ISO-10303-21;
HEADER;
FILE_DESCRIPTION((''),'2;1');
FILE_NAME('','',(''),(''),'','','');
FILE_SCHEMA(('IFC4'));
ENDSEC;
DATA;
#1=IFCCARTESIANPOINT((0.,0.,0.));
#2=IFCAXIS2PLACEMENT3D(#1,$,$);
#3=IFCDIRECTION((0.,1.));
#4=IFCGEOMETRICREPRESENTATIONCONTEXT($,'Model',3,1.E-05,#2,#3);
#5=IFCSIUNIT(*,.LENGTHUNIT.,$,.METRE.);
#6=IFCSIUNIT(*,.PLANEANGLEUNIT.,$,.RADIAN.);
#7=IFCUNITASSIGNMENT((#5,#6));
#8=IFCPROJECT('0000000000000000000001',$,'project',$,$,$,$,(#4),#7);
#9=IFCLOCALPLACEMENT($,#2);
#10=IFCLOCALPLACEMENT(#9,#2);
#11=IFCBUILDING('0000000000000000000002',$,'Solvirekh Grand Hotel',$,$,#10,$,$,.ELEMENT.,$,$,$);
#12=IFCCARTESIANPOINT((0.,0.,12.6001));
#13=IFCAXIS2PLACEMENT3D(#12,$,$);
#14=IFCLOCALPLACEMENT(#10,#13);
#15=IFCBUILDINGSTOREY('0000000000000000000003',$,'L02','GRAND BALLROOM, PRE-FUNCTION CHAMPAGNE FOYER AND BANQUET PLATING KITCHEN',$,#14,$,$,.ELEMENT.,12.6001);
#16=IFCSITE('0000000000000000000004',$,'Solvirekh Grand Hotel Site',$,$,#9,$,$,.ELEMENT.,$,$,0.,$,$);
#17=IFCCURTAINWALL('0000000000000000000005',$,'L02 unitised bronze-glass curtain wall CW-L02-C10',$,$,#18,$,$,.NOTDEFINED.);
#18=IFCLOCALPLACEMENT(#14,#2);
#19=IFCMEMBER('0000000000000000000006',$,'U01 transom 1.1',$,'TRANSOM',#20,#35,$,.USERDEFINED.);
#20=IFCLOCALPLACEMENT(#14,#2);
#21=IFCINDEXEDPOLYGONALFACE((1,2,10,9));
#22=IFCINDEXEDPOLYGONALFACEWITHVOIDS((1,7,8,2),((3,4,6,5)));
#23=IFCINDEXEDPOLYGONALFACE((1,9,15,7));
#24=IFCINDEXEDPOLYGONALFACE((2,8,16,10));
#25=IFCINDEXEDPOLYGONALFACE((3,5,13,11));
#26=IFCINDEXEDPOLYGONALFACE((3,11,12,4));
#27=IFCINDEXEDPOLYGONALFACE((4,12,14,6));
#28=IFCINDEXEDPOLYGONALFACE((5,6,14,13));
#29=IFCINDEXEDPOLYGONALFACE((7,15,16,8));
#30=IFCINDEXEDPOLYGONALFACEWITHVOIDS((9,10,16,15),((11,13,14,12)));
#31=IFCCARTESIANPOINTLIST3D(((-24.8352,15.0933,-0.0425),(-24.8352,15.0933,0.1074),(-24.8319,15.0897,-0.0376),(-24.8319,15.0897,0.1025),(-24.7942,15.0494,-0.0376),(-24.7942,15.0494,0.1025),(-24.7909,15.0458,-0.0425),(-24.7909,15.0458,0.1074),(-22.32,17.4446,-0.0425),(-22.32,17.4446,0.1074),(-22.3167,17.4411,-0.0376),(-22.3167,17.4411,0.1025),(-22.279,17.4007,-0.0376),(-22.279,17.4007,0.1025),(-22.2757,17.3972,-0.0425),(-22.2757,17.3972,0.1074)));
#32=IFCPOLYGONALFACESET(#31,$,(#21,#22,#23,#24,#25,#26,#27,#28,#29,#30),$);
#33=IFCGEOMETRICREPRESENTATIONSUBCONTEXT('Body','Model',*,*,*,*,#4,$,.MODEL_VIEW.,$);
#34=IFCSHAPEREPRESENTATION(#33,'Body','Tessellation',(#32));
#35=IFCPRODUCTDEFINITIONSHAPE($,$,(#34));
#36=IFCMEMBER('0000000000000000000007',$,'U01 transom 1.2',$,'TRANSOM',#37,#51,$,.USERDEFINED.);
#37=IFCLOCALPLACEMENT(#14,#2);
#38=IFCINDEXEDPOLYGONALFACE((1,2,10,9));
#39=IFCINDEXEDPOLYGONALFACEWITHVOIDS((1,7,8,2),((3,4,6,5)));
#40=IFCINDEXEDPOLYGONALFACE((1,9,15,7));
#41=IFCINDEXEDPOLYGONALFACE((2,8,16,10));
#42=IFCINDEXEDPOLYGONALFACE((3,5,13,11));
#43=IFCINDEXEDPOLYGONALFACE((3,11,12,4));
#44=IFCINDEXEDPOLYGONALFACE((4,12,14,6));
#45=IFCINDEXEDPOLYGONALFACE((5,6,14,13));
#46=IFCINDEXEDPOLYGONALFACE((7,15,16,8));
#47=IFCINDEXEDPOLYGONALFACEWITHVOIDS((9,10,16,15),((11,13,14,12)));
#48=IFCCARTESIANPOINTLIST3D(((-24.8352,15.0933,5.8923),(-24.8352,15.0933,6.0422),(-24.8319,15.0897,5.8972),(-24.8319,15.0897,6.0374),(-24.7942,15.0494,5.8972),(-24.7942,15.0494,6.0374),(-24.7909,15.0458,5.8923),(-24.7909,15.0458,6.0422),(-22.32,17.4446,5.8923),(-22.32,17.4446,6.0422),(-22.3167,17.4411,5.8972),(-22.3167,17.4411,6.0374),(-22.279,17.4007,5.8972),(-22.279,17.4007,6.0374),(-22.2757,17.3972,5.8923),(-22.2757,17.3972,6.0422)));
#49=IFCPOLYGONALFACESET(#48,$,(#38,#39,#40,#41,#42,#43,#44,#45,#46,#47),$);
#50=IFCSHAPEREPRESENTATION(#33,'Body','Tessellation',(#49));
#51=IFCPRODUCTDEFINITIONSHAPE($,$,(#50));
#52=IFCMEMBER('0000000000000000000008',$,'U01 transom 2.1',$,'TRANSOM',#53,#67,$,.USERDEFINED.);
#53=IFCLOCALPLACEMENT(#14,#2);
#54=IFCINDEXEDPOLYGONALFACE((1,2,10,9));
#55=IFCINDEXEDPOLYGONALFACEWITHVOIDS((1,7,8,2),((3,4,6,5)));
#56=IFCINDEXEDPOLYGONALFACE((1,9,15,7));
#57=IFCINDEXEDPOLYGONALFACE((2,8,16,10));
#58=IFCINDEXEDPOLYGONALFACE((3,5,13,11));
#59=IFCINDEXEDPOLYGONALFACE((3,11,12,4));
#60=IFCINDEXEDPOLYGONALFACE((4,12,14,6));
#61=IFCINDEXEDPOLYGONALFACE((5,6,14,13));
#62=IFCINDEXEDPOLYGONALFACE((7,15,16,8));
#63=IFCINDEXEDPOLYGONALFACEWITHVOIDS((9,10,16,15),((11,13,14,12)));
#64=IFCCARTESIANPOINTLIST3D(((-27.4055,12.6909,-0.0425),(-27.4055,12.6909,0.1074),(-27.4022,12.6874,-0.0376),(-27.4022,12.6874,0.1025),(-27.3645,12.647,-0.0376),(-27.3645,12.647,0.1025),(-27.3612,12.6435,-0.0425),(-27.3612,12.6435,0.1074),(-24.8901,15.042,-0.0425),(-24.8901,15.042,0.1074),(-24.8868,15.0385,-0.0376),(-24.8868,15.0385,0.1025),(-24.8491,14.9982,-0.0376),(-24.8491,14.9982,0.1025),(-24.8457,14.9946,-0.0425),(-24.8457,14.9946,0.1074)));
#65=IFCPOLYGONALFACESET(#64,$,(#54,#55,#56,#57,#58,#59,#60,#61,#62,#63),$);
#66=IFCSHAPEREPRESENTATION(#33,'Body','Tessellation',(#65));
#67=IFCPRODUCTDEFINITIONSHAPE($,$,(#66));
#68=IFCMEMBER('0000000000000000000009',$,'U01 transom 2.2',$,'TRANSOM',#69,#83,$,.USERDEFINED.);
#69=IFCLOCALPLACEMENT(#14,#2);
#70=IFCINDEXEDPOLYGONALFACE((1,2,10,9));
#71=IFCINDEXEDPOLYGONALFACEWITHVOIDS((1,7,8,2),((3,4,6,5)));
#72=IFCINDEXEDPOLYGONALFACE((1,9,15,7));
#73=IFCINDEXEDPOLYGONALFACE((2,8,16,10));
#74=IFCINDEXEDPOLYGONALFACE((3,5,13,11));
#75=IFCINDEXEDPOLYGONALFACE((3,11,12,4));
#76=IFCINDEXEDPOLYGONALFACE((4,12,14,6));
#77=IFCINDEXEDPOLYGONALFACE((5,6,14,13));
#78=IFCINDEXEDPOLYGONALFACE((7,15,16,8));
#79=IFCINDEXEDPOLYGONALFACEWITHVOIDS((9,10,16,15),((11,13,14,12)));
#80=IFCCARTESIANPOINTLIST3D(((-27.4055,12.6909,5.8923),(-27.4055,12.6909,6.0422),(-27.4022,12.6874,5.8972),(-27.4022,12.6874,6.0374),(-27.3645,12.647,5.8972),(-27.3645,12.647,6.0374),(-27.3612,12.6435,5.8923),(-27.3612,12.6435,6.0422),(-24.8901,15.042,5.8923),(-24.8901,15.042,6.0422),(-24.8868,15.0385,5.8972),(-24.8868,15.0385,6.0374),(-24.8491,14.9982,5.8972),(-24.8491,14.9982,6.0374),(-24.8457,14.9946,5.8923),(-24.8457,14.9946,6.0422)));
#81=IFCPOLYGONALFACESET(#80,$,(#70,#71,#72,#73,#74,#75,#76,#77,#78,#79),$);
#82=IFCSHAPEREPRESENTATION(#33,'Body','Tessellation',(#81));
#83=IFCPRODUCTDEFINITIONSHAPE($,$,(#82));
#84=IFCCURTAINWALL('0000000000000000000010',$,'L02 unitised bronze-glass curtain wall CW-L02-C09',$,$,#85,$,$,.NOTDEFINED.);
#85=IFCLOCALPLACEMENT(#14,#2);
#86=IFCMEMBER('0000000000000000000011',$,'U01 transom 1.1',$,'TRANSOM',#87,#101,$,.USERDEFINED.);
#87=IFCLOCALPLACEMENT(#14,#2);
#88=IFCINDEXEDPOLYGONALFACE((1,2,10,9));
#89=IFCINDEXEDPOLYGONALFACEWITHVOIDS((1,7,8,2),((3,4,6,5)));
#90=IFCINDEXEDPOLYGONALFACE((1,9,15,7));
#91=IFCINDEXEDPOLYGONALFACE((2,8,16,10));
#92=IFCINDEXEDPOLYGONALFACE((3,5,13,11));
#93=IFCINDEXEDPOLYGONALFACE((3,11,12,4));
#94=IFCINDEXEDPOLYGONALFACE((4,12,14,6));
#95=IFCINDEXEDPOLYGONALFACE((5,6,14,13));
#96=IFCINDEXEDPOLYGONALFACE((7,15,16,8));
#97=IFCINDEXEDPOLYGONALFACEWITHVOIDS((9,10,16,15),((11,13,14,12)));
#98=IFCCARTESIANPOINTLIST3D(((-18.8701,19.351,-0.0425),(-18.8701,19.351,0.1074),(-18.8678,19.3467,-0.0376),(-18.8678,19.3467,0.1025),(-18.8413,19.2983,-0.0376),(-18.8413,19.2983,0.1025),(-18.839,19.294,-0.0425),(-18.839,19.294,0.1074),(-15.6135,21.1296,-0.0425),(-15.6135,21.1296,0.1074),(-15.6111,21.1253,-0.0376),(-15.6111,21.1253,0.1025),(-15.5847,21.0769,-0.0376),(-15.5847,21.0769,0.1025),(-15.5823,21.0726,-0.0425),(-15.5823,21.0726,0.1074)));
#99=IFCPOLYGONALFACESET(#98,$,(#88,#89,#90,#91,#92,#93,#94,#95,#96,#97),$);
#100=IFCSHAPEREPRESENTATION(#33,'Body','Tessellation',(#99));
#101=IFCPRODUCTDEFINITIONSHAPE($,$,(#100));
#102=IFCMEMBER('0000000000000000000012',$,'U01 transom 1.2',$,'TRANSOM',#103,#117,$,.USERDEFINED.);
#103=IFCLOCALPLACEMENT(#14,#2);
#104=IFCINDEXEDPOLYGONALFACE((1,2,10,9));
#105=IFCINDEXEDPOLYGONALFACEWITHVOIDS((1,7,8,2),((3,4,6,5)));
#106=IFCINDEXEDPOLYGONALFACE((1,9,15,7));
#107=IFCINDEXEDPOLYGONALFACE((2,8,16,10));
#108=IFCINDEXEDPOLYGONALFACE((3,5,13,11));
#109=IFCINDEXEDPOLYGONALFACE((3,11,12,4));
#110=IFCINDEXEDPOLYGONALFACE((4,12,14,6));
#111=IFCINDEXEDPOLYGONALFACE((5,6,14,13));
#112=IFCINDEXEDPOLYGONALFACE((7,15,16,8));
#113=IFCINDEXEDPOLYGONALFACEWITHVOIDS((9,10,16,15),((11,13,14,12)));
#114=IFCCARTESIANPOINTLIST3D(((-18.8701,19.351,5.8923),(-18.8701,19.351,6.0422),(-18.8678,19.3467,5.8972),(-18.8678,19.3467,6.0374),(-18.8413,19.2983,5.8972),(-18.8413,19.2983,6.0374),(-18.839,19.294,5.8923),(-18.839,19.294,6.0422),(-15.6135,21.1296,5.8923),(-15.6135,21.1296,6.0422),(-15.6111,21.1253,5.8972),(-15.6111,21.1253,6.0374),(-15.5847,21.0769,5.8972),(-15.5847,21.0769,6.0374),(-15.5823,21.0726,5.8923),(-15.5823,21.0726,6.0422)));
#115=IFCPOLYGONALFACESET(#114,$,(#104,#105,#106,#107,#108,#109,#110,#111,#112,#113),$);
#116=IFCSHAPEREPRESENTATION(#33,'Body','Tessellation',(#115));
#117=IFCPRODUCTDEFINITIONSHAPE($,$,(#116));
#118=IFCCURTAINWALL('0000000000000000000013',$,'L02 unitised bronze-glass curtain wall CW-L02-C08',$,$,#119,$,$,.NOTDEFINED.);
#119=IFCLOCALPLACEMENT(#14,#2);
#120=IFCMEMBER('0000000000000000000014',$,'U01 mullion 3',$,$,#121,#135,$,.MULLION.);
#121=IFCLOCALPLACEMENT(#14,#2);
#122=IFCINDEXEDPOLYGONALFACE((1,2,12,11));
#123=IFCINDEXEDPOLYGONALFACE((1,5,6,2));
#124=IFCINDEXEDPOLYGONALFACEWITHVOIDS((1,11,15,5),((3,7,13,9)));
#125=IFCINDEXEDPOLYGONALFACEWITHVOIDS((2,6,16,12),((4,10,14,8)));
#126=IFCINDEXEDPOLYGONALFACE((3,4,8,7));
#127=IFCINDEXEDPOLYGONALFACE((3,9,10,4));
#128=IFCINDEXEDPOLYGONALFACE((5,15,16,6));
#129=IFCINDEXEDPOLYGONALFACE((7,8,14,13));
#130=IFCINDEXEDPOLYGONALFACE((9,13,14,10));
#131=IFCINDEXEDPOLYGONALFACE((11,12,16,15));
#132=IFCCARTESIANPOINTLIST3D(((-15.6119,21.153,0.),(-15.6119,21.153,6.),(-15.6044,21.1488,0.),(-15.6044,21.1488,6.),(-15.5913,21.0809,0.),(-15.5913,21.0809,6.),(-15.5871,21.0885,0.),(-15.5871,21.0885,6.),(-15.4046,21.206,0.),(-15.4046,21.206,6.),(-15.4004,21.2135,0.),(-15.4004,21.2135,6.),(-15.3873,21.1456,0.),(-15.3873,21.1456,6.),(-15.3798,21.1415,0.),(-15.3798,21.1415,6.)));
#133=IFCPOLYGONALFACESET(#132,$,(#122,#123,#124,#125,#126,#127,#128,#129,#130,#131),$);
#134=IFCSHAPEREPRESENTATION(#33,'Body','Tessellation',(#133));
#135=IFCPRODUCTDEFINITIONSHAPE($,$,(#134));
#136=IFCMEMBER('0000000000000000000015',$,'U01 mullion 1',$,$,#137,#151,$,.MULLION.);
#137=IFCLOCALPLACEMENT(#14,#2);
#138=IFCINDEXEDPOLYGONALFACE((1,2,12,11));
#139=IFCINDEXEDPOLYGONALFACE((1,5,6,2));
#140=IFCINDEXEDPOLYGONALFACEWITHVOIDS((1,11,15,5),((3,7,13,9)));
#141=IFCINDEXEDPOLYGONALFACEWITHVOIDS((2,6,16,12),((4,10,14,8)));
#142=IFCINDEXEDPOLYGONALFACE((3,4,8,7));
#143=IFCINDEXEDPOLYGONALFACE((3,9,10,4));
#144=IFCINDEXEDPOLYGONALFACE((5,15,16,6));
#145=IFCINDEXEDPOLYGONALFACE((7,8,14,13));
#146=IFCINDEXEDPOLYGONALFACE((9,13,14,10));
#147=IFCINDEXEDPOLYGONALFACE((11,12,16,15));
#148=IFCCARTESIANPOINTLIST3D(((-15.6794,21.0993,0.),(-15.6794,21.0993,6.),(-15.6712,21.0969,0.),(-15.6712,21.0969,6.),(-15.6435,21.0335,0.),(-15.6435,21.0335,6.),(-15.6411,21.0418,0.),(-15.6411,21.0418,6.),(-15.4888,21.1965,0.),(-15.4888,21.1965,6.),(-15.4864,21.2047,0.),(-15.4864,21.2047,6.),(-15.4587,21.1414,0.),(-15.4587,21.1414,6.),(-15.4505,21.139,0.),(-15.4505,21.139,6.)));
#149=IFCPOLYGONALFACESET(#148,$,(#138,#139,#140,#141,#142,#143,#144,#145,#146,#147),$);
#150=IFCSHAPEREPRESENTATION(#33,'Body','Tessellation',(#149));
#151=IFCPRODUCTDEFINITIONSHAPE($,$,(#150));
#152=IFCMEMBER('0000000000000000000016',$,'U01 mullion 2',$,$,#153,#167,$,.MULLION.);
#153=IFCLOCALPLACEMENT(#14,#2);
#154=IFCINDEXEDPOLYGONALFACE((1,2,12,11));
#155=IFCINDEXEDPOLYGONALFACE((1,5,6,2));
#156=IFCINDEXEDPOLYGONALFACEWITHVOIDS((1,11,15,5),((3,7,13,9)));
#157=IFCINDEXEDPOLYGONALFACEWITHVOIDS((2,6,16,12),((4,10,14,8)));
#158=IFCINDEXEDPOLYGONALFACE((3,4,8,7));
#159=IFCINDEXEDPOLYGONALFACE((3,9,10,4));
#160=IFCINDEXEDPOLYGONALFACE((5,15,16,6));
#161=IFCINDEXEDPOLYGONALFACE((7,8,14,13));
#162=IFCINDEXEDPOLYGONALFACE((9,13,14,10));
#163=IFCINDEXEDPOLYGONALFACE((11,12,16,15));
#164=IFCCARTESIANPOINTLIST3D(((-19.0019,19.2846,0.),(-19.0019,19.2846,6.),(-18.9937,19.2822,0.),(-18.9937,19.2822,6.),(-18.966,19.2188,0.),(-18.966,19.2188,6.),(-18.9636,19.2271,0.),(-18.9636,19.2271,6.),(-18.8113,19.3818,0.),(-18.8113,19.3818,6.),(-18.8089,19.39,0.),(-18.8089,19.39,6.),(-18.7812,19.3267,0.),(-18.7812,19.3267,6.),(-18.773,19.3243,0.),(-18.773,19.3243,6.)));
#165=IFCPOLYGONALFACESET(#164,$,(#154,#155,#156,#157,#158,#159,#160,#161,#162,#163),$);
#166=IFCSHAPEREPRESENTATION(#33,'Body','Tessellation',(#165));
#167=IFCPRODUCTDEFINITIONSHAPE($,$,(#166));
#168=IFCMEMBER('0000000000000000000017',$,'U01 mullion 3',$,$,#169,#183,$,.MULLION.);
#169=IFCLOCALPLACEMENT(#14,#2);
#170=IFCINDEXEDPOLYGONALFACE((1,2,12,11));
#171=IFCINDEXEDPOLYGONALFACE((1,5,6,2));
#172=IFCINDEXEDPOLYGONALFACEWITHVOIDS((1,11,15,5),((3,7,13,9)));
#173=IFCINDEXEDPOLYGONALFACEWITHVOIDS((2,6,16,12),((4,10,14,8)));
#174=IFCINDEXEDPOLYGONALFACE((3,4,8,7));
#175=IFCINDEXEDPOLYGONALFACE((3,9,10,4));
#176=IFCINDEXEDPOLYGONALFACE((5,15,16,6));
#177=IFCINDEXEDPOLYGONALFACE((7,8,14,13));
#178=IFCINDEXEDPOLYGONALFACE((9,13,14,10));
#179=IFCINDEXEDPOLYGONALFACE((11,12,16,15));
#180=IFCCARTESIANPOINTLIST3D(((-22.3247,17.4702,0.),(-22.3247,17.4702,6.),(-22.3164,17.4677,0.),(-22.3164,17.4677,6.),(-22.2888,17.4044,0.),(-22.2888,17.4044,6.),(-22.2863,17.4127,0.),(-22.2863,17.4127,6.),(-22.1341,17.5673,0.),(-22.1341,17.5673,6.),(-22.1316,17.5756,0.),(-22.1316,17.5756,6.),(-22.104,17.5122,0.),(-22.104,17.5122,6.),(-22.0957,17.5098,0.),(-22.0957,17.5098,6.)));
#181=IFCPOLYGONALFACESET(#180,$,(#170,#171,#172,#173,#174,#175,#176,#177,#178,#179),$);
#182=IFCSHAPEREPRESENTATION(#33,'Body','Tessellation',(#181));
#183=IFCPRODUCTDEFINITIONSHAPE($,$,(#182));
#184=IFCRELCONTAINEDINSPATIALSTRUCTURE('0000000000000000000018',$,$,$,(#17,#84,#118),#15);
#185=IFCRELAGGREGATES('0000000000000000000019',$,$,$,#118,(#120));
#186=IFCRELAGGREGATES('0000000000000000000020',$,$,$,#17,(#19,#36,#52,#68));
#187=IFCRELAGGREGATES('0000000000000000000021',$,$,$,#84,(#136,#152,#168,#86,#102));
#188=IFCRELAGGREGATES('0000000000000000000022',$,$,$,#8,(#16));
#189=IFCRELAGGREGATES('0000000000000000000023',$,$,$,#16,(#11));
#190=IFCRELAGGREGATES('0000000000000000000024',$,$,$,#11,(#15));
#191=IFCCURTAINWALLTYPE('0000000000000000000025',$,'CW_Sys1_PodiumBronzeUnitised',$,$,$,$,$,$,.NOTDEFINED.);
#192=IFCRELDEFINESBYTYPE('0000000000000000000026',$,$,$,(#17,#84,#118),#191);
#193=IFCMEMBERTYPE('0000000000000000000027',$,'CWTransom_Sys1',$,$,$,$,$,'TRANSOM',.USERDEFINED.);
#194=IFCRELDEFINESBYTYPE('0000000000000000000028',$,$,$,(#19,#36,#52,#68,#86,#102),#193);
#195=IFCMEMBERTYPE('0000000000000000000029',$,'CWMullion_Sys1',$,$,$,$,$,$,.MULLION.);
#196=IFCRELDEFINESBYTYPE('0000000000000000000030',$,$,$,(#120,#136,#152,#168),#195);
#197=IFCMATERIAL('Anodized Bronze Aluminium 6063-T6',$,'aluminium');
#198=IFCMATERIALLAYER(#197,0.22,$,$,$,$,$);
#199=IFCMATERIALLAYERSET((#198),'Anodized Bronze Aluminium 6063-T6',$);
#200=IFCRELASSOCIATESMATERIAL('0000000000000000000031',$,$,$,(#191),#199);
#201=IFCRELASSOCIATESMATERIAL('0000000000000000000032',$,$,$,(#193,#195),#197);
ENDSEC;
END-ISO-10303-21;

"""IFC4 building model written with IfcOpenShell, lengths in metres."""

from ifc_helpers import new_model, si_unit, direction, frame, origin, origin_2d, place, context, subcontext, project, spatial, hollow_rectangle, extrude, source, transform, mapped, material, layer, layer_set, material_profile, profile_set, type_object, element, aggregate, save


model = new_model("IFC4")

# Units and contexts
model_context = context("Model", 3, precision=1e-05, world=origin(), true_north=direction((0.0, 1.0)))
body_context = subcontext(model_context, "Body", "Model", "MODEL_VIEW")
ifc_project = project(units=[si_unit("LENGTHUNIT", "METRE"), si_unit("PLANEANGLEUNIT", "RADIAN")], contexts=[model_context])

# Site, building, storey
site_placement = place(None, origin())
site = spatial("IfcSite", under=ifc_project, at=site_placement, Name="Solvirekh Grand Hotel Site", CompositionType="ELEMENT", RefElevation=0.0)
building_placement = place(site_placement, origin())
building = spatial("IfcBuilding", under=site, at=building_placement, Name="Solvirekh Grand Hotel", CompositionType="ELEMENT")
storey_placement = place(building_placement, frame((0.0, 0.0, 12.6001)))
storey = spatial("IfcBuildingStorey", under=building, at=storey_placement, Name="L02", Description="GRAND BALLROOM, PRE-FUNCTION CHAMPAGNE FOYER AND BANQUET PLATING KITCHEN", CompositionType="ELEMENT", Elevation=12.6001)

# Curtain walls, members
ifc_material_1 = material(Name="Anodized Bronze Aluminium 6063-T6", Category="aluminium")
ifc_layer_1 = layer(ifc_material_1, 0.22)
ifc_layer_set_1 = layer_set([ifc_layer_1], Name="Anodized Bronze Aluminium 6063-T6")
curtain_wall_type = type_object("IfcCurtainWallType", Name="CW_Sys1_PodiumBronzeUnitised", PredefinedType="NOTDEFINED", material=ifc_layer_set_1)
curtain_wall_1_placement = place(storey_placement, origin())
curtain_wall_1 = element("IfcCurtainWall", 1, at=curtain_wall_1_placement, inside=storey, type_object=curtain_wall_type, Name="L02 unitised bronze-glass curtain wall CW-L02-C10", PredefinedType="NOTDEFINED")
ifc_material_profile_1 = material_profile(ifc_material_1, hollow_rectangle(XDim=0.0649, YDim=0.1499, WallThickness=0.0049, at=origin_2d()), Name="ALU RHS 150X65X5")
ifc_profile_set_1 = profile_set([ifc_material_profile_1], Name="Anodized Bronze Aluminium 6063-T6")
member_type_1 = type_object("IfcMemberType", Name="CWTransom_Sys1", ElementType="TRANSOM", PredefinedType="USERDEFINED", material=ifc_profile_set_1)
shared_shape_1 = source(origin(), body_context, "Body", "SweptSolid", [
    extrude(hollow_rectangle(XDim=0.0649, YDim=0.1499, WallThickness=0.0049, at=origin_2d()), origin(), (0.0, 0.0, 1.0), 3.4431),
])
member_1_placement = place(storey_placement, frame((-22.2979, 17.4209, 0.0325), z_axis=(-0.730496, -0.682917, 0.0), x_axis=(0.682917, -0.730496, 0.0)))
member_1 = element("IfcMember", 2, at=member_1_placement, type_object=member_type_1, Name="U01 transom 1.1", ObjectType="TRANSOM", PredefinedType="USERDEFINED", context=body_context, shape_type="MappedRepresentation", body=[
    mapped(shared_shape_1, transform((0.0, 0.0, 0.0), x_axis=(1.0, 0.0, 0.0), y_axis=(0.0, 1.0, 0.0), z_axis=(0.0, 0.0, 1.0), scale=1.0)),
])
member_2_placement = place(storey_placement, frame((-22.2979, 17.4209, 5.9673), z_axis=(-0.730496, -0.682917, 0.0), x_axis=(0.682917, -0.730496, 0.0)))
member_2 = element("IfcMember", 3, at=member_2_placement, type_object=member_type_1, Name="U01 transom 1.2", ObjectType="TRANSOM", PredefinedType="USERDEFINED", context=body_context, shape_type="MappedRepresentation", body=[
    mapped(shared_shape_1, transform((0.0, 0.0, 0.0), x_axis=(1.0, 0.0, 0.0), y_axis=(0.0, 1.0, 0.0), z_axis=(0.0, 0.0, 1.0), scale=1.0)),
])
member_3_placement = place(storey_placement, frame((-24.8679, 15.0183, 0.0325), z_axis=(-0.730565, -0.682844, 0.0), x_axis=(0.682844, -0.730565, 0.0)))
member_3 = element("IfcMember", 4, at=member_3_placement, type_object=member_type_1, Name="U01 transom 2.1", ObjectType="TRANSOM", PredefinedType="USERDEFINED", context=body_context, shape_type="MappedRepresentation", body=[
    mapped(shared_shape_1, transform((0.0, 0.0, 0.0), x_axis=(1.0, 0.0, 0.0), y_axis=(0.0, 1.0, 0.0), z_axis=(0.0, 0.0, 1.0), scale=1.0)),
])
member_4_placement = place(storey_placement, frame((-24.8679, 15.0183, 5.9673), z_axis=(-0.730565, -0.682844, 0.0), x_axis=(0.682844, -0.730565, 0.0)))
member_4 = element("IfcMember", 5, at=member_4_placement, type_object=member_type_1, Name="U01 transom 2.2", ObjectType="TRANSOM", PredefinedType="USERDEFINED", context=body_context, shape_type="MappedRepresentation", body=[
    mapped(shared_shape_1, transform((0.0, 0.0, 0.0), x_axis=(1.0, 0.0, 0.0), y_axis=(0.0, 1.0, 0.0), z_axis=(0.0, 0.0, 1.0), scale=1.0)),
])
curtain_wall_2_placement = place(storey_placement, origin())
curtain_wall_2 = element("IfcCurtainWall", 6, at=curtain_wall_2_placement, inside=storey, type_object=curtain_wall_type, Name="L02 unitised bronze-glass curtain wall CW-L02-C09", PredefinedType="NOTDEFINED")
shared_shape_2 = source(origin(), body_context, "Body", "SweptSolid", [
    extrude(hollow_rectangle(XDim=0.0649, YDim=0.1499, WallThickness=0.0049, at=origin_2d()), origin(), (0.0, 0.0, 1.0), 3.7107),
])
member_5_placement = place(storey_placement, frame((-15.5979, 21.1011, 0.0325), z_axis=(-0.877641, -0.479318, 0.0), x_axis=(0.479318, -0.877641, 0.0)))
member_5 = element("IfcMember", 7, at=member_5_placement, type_object=member_type_1, Name="U01 transom 1.1", ObjectType="TRANSOM", PredefinedType="USERDEFINED", context=body_context, shape_type="MappedRepresentation", body=[
    mapped(shared_shape_2, transform((0.0, 0.0, 0.0), x_axis=(1.0, 0.0, 0.0), y_axis=(0.0, 1.0, 0.0), z_axis=(0.0, 0.0, 1.0), scale=1.0)),
])
member_6_placement = place(storey_placement, frame((-15.5979, 21.1011, 5.9673), z_axis=(-0.877641, -0.479318, 0.0), x_axis=(0.479318, -0.877641, 0.0)))
member_6 = element("IfcMember", 8, at=member_6_placement, type_object=member_type_1, Name="U01 transom 1.2", ObjectType="TRANSOM", PredefinedType="USERDEFINED", context=body_context, shape_type="MappedRepresentation", body=[
    mapped(shared_shape_2, transform((0.0, 0.0, 0.0), x_axis=(1.0, 0.0, 0.0), y_axis=(0.0, 1.0, 0.0), z_axis=(0.0, 0.0, 1.0), scale=1.0)),
])

# Curtain wall, member
curtain_wall_3_placement = place(storey_placement, origin())
curtain_wall_3 = element("IfcCurtainWall", 9, at=curtain_wall_3_placement, inside=storey, type_object=curtain_wall_type, Name="L02 unitised bronze-glass curtain wall CW-L02-C08", PredefinedType="NOTDEFINED")
ifc_material_profile_2 = material_profile(ifc_material_1, hollow_rectangle(XDim=0.075, YDim=0.22, WallThickness=0.0061, at=origin_2d()), Name="ALU RHS 220X75X6")
ifc_profile_set_2 = profile_set([ifc_material_profile_2], Name="Anodized Bronze Aluminium 6063-T6")
member_type_2 = type_object("IfcMemberType", Name="CWMullion_Sys1", PredefinedType="MULLION", material=ifc_profile_set_2)
shared_shape_3 = source(origin(), body_context, "Body", "SweptSolid", [
    extrude(hollow_rectangle(XDim=0.075, YDim=0.22, WallThickness=0.0061, at=origin_2d()), origin(), (0.0, 0.0, 1.0), 6.0),
])
member_7_placement = place(storey_placement, frame((-15.4958, 21.1472, 0.0), z_axis=(0.0, 0.0, 1.0), x_axis=(0.275179, -0.961393, 0.0)))
member_7 = element("IfcMember", 10, at=member_7_placement, type_object=member_type_2, Name="U01 mullion 3", PredefinedType="MULLION", context=body_context, shape_type="MappedRepresentation", body=[
    mapped(shared_shape_3, transform((0.0, 0.0, 0.0), x_axis=(1.0, 0.0, 0.0), y_axis=(0.0, 1.0, 0.0), z_axis=(0.0, 0.0, 1.0), scale=1.0)),
])
aggregate(curtain_wall_3, [member_7])

# Members
member_8_placement = place(storey_placement, frame((-15.5649, 21.1191, 0.0), z_axis=(0.0, 0.0, 1.0), x_axis=(0.479301, -0.877651, 0.0)))
member_8 = element("IfcMember", 11, at=member_8_placement, type_object=member_type_2, Name="U01 mullion 1", PredefinedType="MULLION", context=body_context, shape_type="MappedRepresentation", body=[
    mapped(shared_shape_3, transform((0.0, 0.0, 0.0), x_axis=(1.0, 0.0, 0.0), y_axis=(0.0, 1.0, 0.0), z_axis=(0.0, 0.0, 1.0), scale=1.0)),
])
member_9_placement = place(storey_placement, frame((-18.8875, 19.3044, 0.0), z_axis=(0.0, 0.0, 1.0), x_axis=(0.479301, -0.877651, 0.0)))
member_9 = element("IfcMember", 12, at=member_9_placement, type_object=member_type_2, Name="U01 mullion 2", PredefinedType="MULLION", context=body_context, shape_type="MappedRepresentation", body=[
    mapped(shared_shape_3, transform((0.0, 0.0, 0.0), x_axis=(1.0, 0.0, 0.0), y_axis=(0.0, 1.0, 0.0), z_axis=(0.0, 0.0, 1.0), scale=1.0)),
])
member_10_placement = place(storey_placement, frame((-22.2102, 17.49, 0.0), z_axis=(0.0, 0.0, 1.0), x_axis=(0.479301, -0.877651, 0.0)))
member_10 = element("IfcMember", 13, at=member_10_placement, type_object=member_type_2, Name="U01 mullion 3", PredefinedType="MULLION", context=body_context, shape_type="MappedRepresentation", body=[
    mapped(shared_shape_3, transform((0.0, 0.0, 0.0), x_axis=(1.0, 0.0, 0.0), y_axis=(0.0, 1.0, 0.0), z_axis=(0.0, 0.0, 1.0), scale=1.0)),
])

aggregate(curtain_wall_1, [member_1, member_2, member_3, member_4])
aggregate(curtain_wall_2, [member_8, member_9, member_10, member_5, member_6])

save(model, "model.ifc")
